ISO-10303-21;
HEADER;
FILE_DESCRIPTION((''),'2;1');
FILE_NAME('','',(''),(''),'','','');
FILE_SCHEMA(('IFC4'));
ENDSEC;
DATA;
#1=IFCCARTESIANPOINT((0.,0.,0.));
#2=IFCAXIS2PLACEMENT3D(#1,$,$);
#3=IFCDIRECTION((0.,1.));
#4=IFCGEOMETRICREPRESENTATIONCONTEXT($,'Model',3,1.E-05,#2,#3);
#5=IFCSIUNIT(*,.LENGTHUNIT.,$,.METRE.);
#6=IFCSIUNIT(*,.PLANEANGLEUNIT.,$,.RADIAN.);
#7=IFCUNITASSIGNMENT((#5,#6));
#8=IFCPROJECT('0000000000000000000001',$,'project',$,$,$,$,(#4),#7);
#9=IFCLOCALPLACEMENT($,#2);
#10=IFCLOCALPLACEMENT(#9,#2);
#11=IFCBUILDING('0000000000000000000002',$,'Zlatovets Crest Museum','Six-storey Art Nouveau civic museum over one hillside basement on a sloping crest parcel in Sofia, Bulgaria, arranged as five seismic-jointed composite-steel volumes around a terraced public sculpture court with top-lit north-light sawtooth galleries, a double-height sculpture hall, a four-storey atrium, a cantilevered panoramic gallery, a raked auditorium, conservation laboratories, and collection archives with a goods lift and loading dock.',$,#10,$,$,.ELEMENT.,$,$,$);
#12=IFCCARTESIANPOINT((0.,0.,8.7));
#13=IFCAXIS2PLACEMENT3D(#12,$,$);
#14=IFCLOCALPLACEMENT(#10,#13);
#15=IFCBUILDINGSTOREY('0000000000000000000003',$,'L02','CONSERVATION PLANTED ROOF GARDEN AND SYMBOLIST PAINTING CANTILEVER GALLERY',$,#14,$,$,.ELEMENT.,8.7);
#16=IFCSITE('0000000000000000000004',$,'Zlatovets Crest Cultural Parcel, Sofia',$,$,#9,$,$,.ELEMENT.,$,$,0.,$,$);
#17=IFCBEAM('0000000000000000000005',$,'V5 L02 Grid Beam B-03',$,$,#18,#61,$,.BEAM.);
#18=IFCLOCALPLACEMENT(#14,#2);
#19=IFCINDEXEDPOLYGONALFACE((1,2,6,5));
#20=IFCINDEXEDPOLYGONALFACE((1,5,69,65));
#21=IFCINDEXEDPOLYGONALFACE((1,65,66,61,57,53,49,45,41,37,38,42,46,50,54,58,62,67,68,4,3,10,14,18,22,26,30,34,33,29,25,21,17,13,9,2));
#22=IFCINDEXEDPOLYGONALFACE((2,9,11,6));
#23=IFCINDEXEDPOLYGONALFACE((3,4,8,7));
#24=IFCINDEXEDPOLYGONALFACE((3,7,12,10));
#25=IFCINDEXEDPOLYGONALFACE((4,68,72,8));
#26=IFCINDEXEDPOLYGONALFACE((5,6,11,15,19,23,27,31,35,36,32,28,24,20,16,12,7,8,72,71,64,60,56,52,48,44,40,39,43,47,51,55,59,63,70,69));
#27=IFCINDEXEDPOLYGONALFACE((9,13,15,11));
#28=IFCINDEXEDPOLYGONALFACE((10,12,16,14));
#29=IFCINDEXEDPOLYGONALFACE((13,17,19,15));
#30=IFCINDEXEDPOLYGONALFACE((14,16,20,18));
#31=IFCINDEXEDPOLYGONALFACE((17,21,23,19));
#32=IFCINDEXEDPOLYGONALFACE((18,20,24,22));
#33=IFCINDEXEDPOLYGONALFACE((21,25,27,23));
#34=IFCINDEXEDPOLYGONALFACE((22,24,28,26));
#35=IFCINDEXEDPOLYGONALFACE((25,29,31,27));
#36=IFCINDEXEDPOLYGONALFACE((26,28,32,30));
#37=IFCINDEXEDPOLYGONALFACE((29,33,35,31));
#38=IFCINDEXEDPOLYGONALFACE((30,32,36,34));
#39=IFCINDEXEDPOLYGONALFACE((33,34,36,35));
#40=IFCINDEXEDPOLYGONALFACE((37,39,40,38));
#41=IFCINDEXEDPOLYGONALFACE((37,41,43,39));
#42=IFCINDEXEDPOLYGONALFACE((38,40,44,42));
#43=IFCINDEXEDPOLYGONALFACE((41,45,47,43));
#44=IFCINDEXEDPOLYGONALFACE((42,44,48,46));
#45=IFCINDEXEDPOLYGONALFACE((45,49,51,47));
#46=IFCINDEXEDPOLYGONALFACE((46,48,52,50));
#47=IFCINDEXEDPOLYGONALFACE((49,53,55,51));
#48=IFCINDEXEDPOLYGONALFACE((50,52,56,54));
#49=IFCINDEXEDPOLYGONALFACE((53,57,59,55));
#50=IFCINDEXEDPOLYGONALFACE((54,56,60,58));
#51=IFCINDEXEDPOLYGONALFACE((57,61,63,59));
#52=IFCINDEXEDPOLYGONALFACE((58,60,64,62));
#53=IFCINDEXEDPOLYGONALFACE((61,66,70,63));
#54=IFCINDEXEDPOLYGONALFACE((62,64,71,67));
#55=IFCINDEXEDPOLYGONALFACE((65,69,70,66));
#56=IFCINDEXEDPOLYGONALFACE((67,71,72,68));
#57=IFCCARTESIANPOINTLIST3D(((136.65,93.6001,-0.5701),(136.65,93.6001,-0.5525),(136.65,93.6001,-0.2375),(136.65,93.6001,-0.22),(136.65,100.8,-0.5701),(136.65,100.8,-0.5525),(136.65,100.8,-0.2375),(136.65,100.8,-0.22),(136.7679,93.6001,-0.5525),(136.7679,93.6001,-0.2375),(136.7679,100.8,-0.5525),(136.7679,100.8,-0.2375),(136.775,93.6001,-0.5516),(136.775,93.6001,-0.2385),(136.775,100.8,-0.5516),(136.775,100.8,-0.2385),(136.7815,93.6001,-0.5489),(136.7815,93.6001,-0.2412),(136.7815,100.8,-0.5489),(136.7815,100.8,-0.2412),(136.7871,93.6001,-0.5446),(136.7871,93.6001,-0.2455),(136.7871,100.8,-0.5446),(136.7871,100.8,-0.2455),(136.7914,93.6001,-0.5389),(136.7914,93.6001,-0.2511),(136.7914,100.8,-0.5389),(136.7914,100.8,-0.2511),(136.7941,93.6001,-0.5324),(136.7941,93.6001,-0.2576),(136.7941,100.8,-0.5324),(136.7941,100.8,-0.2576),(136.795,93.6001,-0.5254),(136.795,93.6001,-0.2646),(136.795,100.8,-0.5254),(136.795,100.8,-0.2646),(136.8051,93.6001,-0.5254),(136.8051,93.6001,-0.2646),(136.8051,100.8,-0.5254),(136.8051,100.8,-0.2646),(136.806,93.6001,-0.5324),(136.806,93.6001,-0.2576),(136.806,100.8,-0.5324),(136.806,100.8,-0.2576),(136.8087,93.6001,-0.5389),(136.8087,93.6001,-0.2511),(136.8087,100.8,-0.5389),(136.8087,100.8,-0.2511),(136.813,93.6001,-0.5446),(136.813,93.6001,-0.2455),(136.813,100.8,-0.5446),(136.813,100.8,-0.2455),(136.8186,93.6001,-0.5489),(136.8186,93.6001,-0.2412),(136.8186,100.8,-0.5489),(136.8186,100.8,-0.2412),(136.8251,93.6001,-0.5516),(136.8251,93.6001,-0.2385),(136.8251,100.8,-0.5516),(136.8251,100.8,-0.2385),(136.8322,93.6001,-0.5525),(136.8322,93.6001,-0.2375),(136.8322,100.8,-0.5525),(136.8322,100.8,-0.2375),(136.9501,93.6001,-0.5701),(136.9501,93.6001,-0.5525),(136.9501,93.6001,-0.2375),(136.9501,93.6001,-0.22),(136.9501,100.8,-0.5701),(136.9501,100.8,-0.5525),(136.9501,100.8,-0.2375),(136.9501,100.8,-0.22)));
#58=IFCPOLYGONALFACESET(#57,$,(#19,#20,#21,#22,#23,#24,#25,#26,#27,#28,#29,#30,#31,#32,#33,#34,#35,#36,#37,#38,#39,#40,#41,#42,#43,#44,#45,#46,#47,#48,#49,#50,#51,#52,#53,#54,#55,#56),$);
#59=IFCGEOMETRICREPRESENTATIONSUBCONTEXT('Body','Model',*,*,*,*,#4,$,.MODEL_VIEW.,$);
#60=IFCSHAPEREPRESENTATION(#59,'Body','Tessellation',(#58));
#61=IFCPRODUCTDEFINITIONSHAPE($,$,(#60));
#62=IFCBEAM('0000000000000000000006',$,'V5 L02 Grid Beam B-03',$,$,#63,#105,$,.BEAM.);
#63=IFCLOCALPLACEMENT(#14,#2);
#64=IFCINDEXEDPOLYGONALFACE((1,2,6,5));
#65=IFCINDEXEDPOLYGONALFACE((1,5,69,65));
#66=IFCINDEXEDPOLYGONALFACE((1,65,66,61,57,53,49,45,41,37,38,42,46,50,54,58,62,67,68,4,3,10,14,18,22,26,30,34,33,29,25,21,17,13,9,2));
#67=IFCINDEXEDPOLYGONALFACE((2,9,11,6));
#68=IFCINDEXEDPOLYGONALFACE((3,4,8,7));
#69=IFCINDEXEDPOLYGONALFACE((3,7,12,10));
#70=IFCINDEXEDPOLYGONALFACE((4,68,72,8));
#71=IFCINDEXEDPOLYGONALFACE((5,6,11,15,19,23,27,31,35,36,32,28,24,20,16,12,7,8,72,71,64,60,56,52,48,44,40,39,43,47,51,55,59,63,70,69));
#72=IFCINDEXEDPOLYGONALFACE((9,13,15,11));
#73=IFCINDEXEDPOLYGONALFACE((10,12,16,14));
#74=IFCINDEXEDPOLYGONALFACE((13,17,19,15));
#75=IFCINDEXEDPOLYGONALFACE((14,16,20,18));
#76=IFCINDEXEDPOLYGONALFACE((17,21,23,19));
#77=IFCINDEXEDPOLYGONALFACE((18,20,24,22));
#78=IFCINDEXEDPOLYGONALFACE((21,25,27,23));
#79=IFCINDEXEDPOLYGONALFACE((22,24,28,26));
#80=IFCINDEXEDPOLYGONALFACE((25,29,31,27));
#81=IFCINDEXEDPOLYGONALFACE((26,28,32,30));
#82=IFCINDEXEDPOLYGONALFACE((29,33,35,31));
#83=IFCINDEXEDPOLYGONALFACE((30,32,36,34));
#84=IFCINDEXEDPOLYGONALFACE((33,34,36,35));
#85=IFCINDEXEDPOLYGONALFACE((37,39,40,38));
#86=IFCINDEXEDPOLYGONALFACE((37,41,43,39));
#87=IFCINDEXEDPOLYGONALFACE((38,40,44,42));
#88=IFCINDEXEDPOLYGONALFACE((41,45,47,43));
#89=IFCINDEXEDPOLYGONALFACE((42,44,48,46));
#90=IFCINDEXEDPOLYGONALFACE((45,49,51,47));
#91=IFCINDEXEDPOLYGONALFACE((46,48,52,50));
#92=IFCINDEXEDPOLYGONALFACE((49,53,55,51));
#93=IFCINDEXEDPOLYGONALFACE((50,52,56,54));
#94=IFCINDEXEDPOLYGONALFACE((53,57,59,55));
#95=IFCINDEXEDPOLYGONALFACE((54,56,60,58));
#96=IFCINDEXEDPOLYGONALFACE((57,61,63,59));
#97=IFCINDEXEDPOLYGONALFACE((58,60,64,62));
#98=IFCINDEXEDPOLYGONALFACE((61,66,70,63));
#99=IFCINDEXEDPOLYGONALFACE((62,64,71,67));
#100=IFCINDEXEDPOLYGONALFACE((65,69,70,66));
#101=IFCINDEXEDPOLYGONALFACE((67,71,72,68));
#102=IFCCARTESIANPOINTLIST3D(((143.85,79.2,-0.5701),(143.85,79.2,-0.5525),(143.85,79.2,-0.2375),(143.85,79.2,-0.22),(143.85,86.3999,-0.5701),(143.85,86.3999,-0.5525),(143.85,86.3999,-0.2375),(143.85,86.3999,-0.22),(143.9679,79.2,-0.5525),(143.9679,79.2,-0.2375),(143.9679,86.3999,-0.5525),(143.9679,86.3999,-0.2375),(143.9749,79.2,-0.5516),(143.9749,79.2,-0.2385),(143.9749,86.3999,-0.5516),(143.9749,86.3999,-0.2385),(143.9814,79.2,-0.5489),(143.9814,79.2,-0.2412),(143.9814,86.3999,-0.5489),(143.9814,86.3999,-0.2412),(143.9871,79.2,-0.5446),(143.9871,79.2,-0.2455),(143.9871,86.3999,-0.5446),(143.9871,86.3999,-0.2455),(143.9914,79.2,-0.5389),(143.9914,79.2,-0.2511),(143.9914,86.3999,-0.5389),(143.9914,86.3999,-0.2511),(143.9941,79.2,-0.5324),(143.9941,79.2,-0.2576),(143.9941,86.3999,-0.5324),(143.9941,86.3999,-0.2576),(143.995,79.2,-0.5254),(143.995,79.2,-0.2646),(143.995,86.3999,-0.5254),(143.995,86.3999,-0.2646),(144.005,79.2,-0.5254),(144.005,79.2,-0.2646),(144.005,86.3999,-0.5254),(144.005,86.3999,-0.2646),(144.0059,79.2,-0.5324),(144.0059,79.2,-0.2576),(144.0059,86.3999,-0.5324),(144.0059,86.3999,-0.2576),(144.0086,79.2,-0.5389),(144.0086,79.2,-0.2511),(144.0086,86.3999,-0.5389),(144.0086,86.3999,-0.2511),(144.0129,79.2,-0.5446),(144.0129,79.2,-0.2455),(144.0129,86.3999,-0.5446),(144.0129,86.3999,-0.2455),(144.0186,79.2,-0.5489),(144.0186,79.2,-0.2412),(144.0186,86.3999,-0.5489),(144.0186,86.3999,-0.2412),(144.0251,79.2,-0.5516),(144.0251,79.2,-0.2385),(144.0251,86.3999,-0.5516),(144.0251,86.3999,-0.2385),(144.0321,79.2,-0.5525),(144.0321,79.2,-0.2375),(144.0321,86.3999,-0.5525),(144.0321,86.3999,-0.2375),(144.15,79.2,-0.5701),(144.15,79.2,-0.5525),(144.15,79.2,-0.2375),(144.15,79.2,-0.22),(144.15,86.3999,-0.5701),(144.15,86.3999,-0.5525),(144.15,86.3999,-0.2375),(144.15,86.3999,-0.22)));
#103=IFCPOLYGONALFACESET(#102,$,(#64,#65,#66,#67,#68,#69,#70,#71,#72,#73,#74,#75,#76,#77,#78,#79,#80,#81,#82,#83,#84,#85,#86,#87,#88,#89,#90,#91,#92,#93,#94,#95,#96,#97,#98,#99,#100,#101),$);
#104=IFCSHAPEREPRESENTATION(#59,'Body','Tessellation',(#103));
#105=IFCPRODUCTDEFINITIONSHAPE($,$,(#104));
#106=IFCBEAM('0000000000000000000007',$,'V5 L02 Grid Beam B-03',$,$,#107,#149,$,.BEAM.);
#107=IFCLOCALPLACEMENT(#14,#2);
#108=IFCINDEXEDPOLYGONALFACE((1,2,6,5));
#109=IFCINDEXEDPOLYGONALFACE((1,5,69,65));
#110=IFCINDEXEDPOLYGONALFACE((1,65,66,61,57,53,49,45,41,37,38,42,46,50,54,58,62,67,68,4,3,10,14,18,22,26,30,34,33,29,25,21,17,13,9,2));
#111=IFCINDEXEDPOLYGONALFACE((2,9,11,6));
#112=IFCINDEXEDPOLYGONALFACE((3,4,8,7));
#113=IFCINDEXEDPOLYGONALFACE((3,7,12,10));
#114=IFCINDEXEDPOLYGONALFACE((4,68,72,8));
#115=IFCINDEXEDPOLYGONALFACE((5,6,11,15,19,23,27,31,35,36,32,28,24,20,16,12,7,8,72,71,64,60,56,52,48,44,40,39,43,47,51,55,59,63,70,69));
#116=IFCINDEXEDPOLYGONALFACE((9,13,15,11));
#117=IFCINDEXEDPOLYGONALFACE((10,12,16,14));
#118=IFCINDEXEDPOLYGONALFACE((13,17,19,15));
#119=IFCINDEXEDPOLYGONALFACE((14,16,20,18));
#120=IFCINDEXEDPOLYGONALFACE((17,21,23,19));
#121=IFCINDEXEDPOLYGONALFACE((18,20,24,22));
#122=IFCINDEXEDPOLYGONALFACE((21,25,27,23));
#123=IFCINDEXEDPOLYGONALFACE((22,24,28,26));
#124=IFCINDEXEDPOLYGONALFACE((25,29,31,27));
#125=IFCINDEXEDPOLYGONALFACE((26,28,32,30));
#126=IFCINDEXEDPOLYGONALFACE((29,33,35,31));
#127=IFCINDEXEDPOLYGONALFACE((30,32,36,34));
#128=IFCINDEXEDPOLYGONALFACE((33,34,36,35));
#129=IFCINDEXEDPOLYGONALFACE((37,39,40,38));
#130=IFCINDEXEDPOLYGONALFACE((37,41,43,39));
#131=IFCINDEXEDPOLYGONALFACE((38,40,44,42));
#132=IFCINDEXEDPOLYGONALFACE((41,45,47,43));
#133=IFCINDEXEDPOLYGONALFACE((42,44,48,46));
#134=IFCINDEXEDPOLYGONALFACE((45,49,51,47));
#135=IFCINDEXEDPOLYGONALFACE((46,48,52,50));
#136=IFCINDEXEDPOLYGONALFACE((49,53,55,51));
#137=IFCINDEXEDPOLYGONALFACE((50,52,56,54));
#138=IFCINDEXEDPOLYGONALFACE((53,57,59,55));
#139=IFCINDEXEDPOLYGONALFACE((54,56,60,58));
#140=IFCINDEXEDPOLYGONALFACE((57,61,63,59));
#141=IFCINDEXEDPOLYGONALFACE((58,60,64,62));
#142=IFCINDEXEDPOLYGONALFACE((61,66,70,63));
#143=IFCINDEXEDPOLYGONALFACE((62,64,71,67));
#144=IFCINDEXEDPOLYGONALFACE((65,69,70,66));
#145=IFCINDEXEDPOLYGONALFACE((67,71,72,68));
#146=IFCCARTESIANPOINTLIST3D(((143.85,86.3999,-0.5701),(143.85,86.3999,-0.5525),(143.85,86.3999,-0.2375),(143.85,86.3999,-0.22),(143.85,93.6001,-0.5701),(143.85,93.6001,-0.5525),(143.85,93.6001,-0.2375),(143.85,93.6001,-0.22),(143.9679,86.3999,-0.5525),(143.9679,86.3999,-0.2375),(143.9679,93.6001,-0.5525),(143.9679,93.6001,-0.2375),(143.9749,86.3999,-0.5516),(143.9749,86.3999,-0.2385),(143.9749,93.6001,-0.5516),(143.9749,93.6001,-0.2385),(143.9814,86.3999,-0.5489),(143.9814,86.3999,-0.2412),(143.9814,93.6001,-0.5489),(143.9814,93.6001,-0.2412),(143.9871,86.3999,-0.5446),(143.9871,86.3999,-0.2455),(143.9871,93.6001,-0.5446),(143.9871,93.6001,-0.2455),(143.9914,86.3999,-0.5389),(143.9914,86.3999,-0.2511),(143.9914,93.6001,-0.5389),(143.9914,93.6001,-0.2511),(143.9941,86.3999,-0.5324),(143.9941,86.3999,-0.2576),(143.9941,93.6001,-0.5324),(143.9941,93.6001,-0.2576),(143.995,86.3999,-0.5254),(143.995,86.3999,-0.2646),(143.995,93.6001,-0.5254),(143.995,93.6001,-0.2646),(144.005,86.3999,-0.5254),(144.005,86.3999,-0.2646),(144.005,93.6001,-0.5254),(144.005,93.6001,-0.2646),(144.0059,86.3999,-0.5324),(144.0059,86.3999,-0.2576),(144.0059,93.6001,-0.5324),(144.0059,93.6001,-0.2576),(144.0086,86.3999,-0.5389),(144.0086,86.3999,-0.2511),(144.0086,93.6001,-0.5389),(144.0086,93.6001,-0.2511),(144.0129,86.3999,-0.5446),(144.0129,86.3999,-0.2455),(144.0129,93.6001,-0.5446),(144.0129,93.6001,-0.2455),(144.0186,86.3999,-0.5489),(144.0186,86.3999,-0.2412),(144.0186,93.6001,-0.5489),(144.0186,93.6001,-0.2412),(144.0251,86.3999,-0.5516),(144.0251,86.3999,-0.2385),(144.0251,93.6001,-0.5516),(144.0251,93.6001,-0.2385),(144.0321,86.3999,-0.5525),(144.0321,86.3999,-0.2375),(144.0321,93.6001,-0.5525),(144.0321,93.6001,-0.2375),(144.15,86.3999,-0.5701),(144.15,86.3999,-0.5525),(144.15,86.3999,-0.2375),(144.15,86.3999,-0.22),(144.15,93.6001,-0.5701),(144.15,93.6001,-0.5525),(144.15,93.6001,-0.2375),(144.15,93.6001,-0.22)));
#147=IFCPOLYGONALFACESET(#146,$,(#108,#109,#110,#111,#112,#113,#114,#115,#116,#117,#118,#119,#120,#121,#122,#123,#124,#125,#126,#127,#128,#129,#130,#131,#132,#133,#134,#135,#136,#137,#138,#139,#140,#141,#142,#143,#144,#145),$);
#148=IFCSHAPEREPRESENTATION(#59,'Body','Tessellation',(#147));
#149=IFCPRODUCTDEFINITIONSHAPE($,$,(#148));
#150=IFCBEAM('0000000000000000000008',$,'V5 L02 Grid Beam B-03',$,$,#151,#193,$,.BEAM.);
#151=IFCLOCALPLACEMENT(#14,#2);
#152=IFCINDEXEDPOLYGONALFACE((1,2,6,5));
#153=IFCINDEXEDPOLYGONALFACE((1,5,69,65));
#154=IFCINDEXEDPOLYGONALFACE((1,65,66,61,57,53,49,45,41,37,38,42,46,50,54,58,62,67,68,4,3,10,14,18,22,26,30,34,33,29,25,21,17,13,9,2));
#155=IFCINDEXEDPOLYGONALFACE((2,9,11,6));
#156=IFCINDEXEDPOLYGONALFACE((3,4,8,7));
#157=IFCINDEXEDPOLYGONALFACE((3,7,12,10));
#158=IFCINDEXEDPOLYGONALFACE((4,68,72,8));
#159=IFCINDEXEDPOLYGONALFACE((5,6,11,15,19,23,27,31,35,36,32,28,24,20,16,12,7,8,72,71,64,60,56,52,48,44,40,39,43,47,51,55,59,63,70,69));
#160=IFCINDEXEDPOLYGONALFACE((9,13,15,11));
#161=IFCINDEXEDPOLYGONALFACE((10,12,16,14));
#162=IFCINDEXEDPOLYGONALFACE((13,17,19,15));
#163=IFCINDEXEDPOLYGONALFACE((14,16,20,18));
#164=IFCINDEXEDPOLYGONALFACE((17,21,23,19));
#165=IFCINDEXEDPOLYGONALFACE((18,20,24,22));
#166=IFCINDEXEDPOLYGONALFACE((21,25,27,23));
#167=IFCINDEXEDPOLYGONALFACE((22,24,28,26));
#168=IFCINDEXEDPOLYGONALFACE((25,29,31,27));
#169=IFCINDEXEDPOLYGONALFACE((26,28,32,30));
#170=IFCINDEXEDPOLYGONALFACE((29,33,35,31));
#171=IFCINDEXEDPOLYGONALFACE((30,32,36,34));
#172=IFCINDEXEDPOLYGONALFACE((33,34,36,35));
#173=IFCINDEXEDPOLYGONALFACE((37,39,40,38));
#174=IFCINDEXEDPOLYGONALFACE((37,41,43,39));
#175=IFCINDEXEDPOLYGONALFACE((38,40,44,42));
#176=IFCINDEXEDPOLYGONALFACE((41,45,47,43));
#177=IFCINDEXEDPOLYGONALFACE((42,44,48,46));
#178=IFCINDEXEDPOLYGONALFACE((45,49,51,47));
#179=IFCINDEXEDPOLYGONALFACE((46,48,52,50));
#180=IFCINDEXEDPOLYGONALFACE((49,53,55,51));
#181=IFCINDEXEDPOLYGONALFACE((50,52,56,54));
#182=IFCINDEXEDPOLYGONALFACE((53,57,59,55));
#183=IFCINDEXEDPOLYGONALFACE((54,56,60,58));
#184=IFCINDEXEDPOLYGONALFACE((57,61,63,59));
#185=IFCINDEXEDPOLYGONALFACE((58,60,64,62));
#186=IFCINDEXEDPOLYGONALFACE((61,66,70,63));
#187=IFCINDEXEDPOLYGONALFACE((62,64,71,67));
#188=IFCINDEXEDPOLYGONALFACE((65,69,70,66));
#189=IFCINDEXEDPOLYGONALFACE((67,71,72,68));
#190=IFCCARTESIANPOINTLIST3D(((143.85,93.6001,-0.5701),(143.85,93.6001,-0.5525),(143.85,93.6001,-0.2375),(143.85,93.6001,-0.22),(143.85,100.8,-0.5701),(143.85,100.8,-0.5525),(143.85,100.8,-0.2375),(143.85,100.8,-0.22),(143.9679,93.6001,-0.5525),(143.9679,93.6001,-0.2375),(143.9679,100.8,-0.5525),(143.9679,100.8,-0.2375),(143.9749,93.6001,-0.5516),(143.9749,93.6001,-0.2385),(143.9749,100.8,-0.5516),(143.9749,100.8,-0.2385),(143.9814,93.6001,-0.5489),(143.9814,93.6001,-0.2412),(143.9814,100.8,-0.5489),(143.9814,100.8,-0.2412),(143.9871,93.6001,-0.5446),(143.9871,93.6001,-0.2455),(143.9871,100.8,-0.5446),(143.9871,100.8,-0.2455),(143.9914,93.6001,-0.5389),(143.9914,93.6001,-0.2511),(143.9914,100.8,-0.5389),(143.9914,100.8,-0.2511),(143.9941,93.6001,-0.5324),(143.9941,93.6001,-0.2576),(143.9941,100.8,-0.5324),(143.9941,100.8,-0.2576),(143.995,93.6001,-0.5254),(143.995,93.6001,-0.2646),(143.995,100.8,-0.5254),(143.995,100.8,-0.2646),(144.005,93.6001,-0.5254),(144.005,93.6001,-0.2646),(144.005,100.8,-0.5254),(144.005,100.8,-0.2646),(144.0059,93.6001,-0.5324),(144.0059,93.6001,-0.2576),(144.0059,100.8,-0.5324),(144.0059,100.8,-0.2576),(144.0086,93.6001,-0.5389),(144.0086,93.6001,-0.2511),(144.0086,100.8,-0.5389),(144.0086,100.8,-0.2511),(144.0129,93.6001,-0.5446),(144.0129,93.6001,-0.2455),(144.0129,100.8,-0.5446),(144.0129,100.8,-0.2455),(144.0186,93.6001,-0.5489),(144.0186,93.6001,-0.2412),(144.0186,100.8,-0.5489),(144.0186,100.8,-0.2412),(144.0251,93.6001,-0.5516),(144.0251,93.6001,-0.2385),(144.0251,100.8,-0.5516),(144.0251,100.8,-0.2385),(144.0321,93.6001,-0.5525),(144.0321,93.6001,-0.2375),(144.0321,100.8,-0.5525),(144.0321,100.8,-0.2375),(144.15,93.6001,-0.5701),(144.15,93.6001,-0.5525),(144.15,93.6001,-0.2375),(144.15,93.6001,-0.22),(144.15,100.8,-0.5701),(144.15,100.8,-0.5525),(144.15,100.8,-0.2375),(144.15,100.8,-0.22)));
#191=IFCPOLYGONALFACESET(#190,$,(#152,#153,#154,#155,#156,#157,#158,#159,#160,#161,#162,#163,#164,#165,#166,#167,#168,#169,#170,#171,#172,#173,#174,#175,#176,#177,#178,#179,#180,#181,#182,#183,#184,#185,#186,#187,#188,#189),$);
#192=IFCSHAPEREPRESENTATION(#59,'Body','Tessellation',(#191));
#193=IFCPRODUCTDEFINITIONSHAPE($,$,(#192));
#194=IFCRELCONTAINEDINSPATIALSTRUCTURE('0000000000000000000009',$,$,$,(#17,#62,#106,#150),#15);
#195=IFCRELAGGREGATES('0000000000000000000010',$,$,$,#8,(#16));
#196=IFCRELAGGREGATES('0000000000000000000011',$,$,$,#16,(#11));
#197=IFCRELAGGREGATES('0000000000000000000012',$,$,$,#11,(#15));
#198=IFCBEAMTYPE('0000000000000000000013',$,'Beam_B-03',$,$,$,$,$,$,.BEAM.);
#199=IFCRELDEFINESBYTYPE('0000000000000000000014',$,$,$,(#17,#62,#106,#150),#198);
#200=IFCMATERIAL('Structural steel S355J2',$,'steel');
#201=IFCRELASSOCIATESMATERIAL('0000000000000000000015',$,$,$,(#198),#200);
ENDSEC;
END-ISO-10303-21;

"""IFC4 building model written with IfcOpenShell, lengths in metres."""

from ifc_helpers import new_model, si_unit, direction, frame, origin, origin_2d, place, context, subcontext, project, spatial, i_section, extrude, material, material_profile, profile_set, type_object, element, save


model = new_model("IFC4")

# Units and contexts
model_context = context("Model", 3, precision=1e-05, world=origin(), true_north=direction((0.0, 1.0)))
body_context = subcontext(model_context, "Body", "Model", "MODEL_VIEW")
ifc_project = project(units=[si_unit("LENGTHUNIT", "METRE"), si_unit("PLANEANGLEUNIT", "RADIAN")], contexts=[model_context])

# Site, building, storey
site_placement = place(None, origin())
site = spatial("IfcSite", under=ifc_project, at=site_placement, Name="Zlatovets Crest Cultural Parcel, Sofia", CompositionType="ELEMENT", RefElevation=0.0)
building_placement = place(site_placement, origin())
building = spatial("IfcBuilding", under=site, at=building_placement, Name="Zlatovets Crest Museum", Description="Six-storey Art Nouveau civic museum over one hillside basement on a sloping crest parcel in Sofia, Bulgaria, arranged as five seismic-jointed composite-steel volumes around a terraced public sculpture court with top-lit north-light sawtooth galleries, a double-height sculpture hall, a four-storey atrium, a cantilevered panoramic gallery, a raked auditorium, conservation laboratories, and collection archives with a goods lift and loading dock.", CompositionType="ELEMENT")
storey_placement = place(building_placement, frame((0.0, 0.0, 8.7)))
storey = spatial("IfcBuildingStorey", under=building, at=storey_placement, Name="L02", Description="CONSERVATION PLANTED ROOF GARDEN AND SYMBOLIST PAINTING CANTILEVER GALLERY", CompositionType="ELEMENT", Elevation=8.7)

# Shared definitions
ifc_material_1 = material(Name="Structural steel S355J2", Category="steel")

# Beams
ifc_material_profile_1 = material_profile(ifc_material_1, i_section(OverallWidth=0.3, OverallDepth=0.3501, WebThickness=0.01, FlangeThickness=0.0176, FilletRadius=0.0271, at=origin_2d()), Name="HEA 360")
ifc_profile_set_1 = profile_set([ifc_material_profile_1], Name="Structural steel S355J2")
beam_type_1 = type_object("IfcBeamType", Name="Beam_B-03", PredefinedType="BEAM", material=ifc_profile_set_1)
for number, where, z_axis, x_axis, name in (
    (1, (136.8, 93.6001, -0.395), (0.0, 1.0, 0.0), (-1.0, 0.0, 0.0), "V5 L02 Grid Beam B-03"),
    (2, (144.0, 79.2, -0.395), (0.0, 1.0, 0.0), (-1.0, 0.0, 0.0), "V5 L02 Grid Beam B-03"),
):
    element("IfcBeam", number, at=place(storey_placement, frame(where, z_axis=z_axis, x_axis=x_axis)), inside=storey, type_object=beam_type_1, Name=name, PredefinedType="BEAM", context=body_context, shape_type="SweptSolid", body=[
        extrude(i_section(OverallWidth=0.3, OverallDepth=0.3501, WebThickness=0.01, FlangeThickness=0.0176, FilletRadius=0.0271, at=origin_2d()), origin(), (0.0, 0.0, 1.0), 7.2),
    ])
beam_1_placement = place(storey_placement, frame((144.0, 86.3999, -0.395), z_axis=(0.0, 1.0, 0.0), x_axis=(-1.0, 0.0, 0.0)))
element("IfcBeam", 3, at=beam_1_placement, inside=storey, type_object=beam_type_1, Name="V5 L02 Grid Beam B-03", PredefinedType="BEAM", context=body_context, shape_type="SweptSolid", body=[
    extrude(i_section(OverallWidth=0.3, OverallDepth=0.3501, WebThickness=0.01, FlangeThickness=0.0176, FilletRadius=0.0271, at=origin_2d()), origin(), (0.0, 0.0, 1.0), 7.2002),
])
beam_2_placement = place(storey_placement, frame((144.0, 93.6001, -0.395), z_axis=(0.0, 1.0, 0.0), x_axis=(-1.0, 0.0, 0.0)))
element("IfcBeam", 4, at=beam_2_placement, inside=storey, type_object=beam_type_1, Name="V5 L02 Grid Beam B-03", PredefinedType="BEAM", context=body_context, shape_type="SweptSolid", body=[
    extrude(i_section(OverallWidth=0.3, OverallDepth=0.3501, WebThickness=0.01, FlangeThickness=0.0176, FilletRadius=0.0271, at=origin_2d()), origin(), (0.0, 0.0, 1.0), 7.2),
])

save(model, "model.ifc")
